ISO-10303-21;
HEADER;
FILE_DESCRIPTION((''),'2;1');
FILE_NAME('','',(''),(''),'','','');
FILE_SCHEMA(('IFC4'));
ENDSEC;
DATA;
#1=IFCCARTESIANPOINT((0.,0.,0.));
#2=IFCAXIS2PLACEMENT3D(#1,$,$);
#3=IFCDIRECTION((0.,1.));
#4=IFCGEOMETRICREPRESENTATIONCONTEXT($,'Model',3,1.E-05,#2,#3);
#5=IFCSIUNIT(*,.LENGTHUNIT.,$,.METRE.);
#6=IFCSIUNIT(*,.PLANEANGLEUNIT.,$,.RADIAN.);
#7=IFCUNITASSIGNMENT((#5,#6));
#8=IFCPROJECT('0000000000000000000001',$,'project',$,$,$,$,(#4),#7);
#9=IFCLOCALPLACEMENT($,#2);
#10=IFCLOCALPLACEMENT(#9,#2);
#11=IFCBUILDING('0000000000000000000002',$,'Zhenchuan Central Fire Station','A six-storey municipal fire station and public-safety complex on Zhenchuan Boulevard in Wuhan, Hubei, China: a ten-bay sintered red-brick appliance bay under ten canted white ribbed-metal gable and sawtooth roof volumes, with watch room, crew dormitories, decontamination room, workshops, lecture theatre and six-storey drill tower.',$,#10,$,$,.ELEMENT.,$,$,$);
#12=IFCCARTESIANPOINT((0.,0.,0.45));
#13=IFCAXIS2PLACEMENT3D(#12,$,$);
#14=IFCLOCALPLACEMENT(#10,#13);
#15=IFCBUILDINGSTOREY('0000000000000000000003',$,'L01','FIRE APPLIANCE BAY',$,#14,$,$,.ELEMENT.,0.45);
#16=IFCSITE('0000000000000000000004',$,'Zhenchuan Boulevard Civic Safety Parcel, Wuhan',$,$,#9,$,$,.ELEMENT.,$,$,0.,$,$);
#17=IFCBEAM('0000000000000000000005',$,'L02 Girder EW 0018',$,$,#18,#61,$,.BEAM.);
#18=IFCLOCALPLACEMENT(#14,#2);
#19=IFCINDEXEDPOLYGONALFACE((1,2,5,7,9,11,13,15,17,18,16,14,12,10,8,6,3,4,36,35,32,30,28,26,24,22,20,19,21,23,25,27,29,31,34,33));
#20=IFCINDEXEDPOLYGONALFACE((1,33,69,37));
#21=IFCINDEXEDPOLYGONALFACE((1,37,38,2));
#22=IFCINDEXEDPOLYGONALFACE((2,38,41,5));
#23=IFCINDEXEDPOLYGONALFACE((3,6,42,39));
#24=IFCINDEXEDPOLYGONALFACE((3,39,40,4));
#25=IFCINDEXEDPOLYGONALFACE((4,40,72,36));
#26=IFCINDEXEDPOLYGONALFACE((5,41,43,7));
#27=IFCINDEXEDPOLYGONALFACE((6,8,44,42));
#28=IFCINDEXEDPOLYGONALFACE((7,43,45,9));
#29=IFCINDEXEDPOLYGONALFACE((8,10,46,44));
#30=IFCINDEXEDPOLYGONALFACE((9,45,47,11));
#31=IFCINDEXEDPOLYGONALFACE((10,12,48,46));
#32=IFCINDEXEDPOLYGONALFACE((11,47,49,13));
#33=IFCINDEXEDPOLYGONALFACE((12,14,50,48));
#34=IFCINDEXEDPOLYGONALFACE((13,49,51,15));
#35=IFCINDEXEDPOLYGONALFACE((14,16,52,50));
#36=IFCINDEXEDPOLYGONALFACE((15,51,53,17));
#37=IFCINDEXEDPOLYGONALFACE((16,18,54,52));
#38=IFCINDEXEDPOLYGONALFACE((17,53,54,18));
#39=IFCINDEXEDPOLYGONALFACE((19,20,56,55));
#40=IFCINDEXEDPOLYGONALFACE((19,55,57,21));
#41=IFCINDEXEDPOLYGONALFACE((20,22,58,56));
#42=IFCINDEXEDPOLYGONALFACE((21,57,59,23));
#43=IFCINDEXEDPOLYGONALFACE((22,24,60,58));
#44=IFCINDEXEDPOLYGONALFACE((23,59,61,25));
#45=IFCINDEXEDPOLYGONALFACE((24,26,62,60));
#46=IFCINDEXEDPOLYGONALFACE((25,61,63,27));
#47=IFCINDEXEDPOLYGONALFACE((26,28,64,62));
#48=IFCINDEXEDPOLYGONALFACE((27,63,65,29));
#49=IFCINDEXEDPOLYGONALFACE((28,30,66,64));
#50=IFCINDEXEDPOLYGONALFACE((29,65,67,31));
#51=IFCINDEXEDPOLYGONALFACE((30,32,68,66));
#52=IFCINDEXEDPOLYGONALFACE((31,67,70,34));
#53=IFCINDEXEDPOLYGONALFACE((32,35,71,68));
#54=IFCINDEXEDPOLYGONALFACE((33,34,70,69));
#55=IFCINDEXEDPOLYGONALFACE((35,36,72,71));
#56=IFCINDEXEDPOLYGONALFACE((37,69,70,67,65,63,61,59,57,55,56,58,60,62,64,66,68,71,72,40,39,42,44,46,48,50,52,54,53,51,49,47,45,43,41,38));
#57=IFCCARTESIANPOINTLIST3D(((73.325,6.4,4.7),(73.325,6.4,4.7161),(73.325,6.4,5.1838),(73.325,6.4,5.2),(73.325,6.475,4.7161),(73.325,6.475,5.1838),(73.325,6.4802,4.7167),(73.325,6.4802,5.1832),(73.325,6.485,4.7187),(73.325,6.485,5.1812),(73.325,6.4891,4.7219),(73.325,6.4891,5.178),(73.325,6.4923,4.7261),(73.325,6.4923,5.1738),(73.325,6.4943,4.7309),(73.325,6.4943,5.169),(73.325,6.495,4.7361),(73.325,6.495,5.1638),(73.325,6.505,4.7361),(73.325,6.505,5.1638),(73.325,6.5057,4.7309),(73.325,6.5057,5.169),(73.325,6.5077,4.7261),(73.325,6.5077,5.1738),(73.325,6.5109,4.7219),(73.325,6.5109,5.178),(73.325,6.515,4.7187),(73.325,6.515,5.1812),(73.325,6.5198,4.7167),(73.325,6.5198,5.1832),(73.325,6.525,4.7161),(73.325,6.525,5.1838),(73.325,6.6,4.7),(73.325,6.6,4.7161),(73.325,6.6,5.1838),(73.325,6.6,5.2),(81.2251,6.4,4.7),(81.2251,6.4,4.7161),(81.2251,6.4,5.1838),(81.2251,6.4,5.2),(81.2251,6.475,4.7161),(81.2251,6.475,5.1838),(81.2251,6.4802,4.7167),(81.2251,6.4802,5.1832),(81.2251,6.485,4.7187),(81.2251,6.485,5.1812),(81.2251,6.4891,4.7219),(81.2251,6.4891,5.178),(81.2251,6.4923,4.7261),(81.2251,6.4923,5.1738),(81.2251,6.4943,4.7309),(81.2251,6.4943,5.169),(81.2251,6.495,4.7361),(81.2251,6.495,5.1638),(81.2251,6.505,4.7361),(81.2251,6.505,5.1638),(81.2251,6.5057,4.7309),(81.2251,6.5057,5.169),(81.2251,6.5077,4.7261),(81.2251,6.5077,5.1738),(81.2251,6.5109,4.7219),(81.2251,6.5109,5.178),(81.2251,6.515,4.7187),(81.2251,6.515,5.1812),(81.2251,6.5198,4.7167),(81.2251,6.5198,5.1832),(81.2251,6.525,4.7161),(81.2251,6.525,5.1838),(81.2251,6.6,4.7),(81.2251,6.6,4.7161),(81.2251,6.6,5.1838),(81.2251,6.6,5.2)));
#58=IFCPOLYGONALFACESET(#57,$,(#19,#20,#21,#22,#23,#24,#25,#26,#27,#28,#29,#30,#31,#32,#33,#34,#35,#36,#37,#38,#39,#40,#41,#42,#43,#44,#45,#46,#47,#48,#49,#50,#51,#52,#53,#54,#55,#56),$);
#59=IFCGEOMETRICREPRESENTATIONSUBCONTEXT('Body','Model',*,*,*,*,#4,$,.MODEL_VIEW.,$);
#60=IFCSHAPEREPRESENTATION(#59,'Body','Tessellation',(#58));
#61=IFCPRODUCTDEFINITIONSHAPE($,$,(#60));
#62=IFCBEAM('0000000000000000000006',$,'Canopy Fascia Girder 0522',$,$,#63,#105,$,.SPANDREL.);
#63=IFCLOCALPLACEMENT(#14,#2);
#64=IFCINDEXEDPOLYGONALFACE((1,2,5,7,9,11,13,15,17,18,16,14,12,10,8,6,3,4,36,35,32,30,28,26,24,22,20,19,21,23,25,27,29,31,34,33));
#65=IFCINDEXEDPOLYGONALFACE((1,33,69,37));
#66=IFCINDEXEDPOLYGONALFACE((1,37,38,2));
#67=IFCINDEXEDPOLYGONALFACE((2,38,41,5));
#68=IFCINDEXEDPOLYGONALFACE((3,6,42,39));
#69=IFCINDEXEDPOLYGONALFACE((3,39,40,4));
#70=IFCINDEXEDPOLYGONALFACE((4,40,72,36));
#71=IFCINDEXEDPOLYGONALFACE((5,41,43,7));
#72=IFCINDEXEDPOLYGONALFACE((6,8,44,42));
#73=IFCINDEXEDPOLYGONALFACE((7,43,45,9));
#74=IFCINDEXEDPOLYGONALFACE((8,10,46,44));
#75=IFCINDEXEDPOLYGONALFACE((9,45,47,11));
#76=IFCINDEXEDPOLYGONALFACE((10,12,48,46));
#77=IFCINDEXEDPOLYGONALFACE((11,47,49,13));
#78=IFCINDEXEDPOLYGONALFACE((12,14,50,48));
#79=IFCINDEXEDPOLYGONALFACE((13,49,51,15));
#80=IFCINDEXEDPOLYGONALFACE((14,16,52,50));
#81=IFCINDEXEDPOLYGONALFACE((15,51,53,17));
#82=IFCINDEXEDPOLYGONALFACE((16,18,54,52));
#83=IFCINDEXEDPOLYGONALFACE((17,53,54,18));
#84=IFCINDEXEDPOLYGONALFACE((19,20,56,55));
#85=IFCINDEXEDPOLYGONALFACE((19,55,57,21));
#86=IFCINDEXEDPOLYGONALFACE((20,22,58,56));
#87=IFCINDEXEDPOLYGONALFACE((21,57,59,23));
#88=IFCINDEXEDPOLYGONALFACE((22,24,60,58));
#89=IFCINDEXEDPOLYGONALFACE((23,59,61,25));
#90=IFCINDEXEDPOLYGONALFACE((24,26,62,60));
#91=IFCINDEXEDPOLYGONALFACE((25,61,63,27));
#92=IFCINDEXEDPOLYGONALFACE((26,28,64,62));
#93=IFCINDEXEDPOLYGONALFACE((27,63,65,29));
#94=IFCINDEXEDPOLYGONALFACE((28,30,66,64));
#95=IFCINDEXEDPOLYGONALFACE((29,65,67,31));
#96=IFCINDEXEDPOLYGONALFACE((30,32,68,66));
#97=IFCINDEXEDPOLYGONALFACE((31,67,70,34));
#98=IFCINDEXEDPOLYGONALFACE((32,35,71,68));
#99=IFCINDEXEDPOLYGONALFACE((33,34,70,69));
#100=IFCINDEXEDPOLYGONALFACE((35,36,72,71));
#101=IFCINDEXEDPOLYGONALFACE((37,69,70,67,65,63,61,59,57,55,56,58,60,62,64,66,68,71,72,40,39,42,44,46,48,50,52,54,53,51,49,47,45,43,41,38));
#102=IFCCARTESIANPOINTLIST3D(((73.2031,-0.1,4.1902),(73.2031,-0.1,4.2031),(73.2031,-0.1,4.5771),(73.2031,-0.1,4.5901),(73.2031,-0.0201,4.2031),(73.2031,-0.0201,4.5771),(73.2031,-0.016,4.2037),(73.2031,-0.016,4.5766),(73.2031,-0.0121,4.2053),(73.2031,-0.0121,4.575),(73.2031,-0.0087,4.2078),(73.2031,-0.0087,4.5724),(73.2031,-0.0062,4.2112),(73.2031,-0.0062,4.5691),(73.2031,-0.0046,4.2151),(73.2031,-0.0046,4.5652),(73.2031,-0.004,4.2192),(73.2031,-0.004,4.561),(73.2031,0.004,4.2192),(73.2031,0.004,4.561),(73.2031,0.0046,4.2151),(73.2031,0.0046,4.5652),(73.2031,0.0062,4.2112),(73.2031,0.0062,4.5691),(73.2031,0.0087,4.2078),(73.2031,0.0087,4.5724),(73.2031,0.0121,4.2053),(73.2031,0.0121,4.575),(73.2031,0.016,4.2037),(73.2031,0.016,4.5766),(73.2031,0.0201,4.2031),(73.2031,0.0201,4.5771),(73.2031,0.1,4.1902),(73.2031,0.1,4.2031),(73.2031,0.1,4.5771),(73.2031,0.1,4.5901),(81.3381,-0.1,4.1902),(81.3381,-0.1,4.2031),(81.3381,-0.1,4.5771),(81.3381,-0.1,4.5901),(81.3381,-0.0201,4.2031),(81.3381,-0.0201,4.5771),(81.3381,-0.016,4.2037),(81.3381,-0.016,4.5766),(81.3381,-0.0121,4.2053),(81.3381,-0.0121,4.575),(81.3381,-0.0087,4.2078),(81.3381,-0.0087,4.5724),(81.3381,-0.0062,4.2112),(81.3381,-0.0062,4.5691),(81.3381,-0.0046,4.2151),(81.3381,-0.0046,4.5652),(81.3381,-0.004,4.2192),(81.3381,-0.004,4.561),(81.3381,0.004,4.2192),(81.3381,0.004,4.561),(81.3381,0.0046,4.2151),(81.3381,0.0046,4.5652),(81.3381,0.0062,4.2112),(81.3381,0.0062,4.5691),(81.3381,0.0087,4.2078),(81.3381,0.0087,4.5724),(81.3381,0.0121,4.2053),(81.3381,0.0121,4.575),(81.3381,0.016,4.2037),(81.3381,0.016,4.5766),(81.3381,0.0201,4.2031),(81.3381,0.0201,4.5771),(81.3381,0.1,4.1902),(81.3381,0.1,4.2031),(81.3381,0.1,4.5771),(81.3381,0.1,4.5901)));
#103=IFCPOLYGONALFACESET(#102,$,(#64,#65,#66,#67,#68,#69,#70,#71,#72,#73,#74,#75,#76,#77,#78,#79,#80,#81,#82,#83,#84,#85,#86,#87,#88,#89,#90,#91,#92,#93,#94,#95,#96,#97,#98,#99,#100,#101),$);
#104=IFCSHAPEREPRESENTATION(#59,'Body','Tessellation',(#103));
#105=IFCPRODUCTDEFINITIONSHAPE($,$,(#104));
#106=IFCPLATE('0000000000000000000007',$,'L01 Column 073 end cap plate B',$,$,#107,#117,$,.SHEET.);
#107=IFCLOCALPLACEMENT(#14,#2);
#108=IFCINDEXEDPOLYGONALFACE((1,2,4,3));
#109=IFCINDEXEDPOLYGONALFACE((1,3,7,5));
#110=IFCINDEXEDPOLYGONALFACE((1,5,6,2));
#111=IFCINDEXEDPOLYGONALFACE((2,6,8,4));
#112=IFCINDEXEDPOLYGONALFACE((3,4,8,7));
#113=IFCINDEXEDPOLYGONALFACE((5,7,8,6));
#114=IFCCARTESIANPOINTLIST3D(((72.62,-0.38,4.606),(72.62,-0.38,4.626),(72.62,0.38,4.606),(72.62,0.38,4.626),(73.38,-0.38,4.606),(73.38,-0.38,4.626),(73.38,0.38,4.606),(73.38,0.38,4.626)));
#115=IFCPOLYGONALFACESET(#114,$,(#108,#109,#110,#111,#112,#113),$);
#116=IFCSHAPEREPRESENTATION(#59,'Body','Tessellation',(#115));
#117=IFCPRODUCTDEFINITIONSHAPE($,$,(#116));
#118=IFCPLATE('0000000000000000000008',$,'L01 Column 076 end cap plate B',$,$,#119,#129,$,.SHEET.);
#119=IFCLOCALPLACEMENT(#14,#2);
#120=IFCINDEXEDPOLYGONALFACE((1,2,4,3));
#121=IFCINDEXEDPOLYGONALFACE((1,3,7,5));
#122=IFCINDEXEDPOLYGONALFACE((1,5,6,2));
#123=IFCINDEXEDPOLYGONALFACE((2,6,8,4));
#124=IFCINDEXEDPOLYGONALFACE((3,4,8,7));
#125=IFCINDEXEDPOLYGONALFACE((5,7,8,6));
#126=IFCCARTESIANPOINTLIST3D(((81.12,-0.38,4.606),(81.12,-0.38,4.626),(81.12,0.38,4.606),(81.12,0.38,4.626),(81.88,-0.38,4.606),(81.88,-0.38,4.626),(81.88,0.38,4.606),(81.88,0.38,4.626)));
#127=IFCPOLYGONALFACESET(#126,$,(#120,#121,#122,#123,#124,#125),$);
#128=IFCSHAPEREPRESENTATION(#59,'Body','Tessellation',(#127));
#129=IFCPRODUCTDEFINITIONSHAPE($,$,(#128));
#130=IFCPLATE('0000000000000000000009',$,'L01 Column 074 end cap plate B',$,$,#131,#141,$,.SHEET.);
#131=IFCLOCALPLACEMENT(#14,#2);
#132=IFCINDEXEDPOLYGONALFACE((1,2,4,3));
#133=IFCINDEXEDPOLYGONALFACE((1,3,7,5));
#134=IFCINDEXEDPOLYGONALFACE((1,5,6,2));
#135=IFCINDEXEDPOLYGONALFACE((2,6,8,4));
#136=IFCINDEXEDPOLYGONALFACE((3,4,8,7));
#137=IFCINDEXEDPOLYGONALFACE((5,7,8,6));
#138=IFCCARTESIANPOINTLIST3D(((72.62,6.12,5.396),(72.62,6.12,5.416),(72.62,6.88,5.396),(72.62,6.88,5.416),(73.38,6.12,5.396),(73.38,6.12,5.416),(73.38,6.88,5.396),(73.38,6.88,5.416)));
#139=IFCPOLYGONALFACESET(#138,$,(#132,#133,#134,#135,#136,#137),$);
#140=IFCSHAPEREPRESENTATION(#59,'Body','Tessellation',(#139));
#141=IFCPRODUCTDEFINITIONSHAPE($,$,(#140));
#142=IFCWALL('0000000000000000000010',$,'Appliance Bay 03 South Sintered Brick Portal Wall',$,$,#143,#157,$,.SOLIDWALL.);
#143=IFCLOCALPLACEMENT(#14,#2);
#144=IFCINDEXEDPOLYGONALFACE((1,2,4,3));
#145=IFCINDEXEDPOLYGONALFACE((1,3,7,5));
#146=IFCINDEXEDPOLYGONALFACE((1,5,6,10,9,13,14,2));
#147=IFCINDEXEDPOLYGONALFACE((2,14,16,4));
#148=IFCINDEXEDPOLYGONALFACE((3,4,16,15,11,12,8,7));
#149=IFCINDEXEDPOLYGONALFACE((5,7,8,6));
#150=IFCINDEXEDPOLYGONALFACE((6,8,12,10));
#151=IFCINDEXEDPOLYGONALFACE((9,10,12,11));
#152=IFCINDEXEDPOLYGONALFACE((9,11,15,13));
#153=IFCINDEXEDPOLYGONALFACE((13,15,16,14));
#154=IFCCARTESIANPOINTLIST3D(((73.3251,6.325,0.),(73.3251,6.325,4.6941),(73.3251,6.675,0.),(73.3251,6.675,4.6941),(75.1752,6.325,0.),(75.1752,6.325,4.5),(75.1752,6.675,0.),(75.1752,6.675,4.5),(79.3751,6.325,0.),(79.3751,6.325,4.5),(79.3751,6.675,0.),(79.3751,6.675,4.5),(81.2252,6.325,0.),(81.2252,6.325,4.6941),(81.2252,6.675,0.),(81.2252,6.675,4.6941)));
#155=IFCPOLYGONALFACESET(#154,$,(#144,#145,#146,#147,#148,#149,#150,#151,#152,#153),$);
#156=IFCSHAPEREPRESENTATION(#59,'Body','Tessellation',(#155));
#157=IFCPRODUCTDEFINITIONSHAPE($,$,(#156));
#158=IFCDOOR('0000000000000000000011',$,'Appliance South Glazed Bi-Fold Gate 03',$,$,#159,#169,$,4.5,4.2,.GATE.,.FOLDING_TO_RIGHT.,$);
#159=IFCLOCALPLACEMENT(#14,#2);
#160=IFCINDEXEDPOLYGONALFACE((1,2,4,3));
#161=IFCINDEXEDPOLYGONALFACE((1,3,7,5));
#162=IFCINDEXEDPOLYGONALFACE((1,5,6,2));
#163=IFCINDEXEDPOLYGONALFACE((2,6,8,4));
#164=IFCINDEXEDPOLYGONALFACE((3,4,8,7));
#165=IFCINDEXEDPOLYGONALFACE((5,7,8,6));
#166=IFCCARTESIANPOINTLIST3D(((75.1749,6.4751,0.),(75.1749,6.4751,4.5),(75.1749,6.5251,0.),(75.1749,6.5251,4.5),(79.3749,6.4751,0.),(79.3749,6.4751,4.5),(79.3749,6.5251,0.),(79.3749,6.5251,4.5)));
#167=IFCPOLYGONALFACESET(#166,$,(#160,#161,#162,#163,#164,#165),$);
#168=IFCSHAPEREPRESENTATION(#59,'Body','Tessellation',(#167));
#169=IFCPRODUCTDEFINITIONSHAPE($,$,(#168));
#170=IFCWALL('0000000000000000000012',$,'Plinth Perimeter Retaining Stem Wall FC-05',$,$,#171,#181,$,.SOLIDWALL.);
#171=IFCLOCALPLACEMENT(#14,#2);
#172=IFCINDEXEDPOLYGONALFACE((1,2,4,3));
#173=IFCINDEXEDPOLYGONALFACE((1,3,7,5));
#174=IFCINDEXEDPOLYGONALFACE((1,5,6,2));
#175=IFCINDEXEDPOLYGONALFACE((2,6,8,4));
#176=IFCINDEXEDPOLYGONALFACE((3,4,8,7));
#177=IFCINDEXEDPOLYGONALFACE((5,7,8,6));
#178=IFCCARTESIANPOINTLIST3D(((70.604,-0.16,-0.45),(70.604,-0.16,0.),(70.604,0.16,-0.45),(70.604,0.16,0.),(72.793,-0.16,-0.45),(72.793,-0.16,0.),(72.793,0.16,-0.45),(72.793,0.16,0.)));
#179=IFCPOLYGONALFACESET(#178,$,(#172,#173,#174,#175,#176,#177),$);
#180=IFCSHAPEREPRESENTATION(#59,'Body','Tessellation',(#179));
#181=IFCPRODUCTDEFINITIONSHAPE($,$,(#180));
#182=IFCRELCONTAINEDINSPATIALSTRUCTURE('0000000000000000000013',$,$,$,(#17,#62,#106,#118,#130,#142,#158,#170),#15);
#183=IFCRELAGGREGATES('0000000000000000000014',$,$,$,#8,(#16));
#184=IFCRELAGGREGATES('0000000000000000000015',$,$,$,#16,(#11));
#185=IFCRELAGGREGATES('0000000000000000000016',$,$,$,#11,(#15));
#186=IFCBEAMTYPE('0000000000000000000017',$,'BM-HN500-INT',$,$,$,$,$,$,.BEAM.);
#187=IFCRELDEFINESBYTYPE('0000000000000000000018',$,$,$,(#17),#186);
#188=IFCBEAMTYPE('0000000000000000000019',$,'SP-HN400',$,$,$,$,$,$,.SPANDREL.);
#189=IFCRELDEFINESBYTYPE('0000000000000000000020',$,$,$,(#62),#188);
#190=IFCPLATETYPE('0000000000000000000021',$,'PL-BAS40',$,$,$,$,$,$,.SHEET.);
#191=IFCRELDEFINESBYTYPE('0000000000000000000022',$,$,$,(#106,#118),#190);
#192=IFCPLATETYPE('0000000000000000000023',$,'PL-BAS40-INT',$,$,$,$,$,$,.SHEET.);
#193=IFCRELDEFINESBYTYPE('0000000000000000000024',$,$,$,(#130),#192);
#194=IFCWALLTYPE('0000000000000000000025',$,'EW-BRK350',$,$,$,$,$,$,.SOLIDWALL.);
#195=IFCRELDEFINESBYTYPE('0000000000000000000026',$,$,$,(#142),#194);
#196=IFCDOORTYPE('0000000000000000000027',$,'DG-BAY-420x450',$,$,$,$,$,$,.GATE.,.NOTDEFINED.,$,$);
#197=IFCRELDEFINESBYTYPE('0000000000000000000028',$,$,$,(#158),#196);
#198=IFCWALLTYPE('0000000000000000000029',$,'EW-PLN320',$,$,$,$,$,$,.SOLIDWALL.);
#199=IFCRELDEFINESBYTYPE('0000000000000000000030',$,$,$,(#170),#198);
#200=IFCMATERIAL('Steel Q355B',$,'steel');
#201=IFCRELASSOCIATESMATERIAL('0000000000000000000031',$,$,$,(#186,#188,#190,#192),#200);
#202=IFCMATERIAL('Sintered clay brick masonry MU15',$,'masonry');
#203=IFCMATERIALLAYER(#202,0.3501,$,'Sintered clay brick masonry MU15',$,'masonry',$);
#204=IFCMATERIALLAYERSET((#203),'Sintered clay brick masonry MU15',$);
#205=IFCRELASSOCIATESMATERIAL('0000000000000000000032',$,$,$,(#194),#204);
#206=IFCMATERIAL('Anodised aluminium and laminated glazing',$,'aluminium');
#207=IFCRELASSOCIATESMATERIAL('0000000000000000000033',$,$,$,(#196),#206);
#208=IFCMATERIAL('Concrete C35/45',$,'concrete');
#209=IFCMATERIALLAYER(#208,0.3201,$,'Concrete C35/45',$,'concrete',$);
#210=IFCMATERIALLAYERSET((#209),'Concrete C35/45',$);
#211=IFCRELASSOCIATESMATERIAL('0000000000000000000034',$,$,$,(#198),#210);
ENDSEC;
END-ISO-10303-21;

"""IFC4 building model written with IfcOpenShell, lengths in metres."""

from ifc_helpers import new_model, si_unit, direction, frame, frame_2d, origin, origin_2d, place, context, subcontext, project, spatial, rectangle, i_section, extrude, material, layer, layer_set, material_profile, profile_set, type_object, element, fill, save


model = new_model("IFC4")

# Units and contexts
model_context = context("Model", 3, precision=1e-05, world=origin(), true_north=direction((0.0, 1.0)))
body_context = subcontext(model_context, "Body", "Model", "MODEL_VIEW")
ifc_project = project(units=[si_unit("LENGTHUNIT", "METRE"), si_unit("PLANEANGLEUNIT", "RADIAN")], contexts=[model_context])

# Site, building, storey
site_placement = place(None, origin())
site = spatial("IfcSite", under=ifc_project, at=site_placement, Name="Zhenchuan Boulevard Civic Safety Parcel, Wuhan", CompositionType="ELEMENT", RefElevation=0.0)
building_placement = place(site_placement, origin())
building = spatial("IfcBuilding", under=site, at=building_placement, Name="Zhenchuan Central Fire Station", Description="A six-storey municipal fire station and public-safety complex on Zhenchuan Boulevard in Wuhan, Hubei, China: a ten-bay sintered red-brick appliance bay under ten canted white ribbed-metal gable and sawtooth roof volumes, with watch room, crew dormitories, decontamination room, workshops, lecture theatre and six-storey drill tower.", CompositionType="ELEMENT")
storey_placement = place(building_placement, frame((0.0, 0.0, 0.45)))
storey = spatial("IfcBuildingStorey", under=building, at=storey_placement, Name="L01", Description="FIRE APPLIANCE BAY", CompositionType="ELEMENT", Elevation=0.45)

# Shared definitions
ifc_material_1 = material(Name="Concrete C35/45", Category="concrete")

# Shared definitions
ifc_material_2 = material(Name="Steel Q355B", Category="steel")

# Beams
ifc_material_profile_1 = material_profile(ifc_material_2, i_section(OverallWidth=0.2, OverallDepth=0.5, WebThickness=0.01, FlangeThickness=0.0161, FilletRadius=0.02, at=origin_2d()), Name="HN 500x200")
ifc_profile_set_1 = profile_set([ifc_material_profile_1], Name="Steel Q355B")
beam_type_1 = type_object("IfcBeamType", Name="BM-HN500-INT", PredefinedType="BEAM", material=ifc_profile_set_1)
beam_1_placement = place(storey_placement, frame((73.325, 6.5, 4.95), z_axis=(1.0, 0.0, 0.0), x_axis=(0.0, 1.0, 0.0)))
element("IfcBeam", 1, at=beam_1_placement, inside=storey, type_object=beam_type_1, Name="L02 Girder EW 0018", PredefinedType="BEAM", context=body_context, shape_type="SweptSolid", body=[
    extrude(i_section(OverallWidth=0.2, OverallDepth=0.5, WebThickness=0.01, FlangeThickness=0.0161, FilletRadius=0.02, at=origin_2d()), origin(), (0.0, 0.0, 1.0), 7.9001),
])
ifc_material_profile_2 = material_profile(ifc_material_2, i_section(OverallWidth=0.2, OverallDepth=0.3999, WebThickness=0.0081, FlangeThickness=0.0129, FilletRadius=0.0161, at=origin_2d()), Name="HN 400x200")
ifc_profile_set_2 = profile_set([ifc_material_profile_2], Name="Steel Q355B")
beam_type_2 = type_object("IfcBeamType", Name="SP-HN400", PredefinedType="SPANDREL", material=ifc_profile_set_2)
beam_2_placement = place(storey_placement, frame((73.2031, 0.0, 4.3901), z_axis=(1.0, 0.0, 0.0), x_axis=(0.0, 1.0, 0.0)))
element("IfcBeam", 2, at=beam_2_placement, inside=storey, type_object=beam_type_2, Name="Canopy Fascia Girder 0522", PredefinedType="SPANDREL", context=body_context, shape_type="SweptSolid", body=[
    extrude(i_section(OverallWidth=0.2, OverallDepth=0.3999, WebThickness=0.0081, FlangeThickness=0.0129, FilletRadius=0.0161, at=origin_2d()), origin(), (0.0, 0.0, 1.0), 8.135),
])

# Plates
ifc_material_profile_3 = material_profile(ifc_material_2, rectangle(XDim=0.76, YDim=0.76, at=origin_2d()), Name="PL 760x760x40")
ifc_profile_set_3 = profile_set([ifc_material_profile_3], Name="Steel Q355B")
plate_type_1 = type_object("IfcPlateType", Name="PL-BAS40", PredefinedType="SHEET", material=ifc_profile_set_3)
for number, where, z_axis, x_axis, name in (
    (3, (73.0, 0.0, 4.606), (0.0, 0.0, 1.0), (1.0, 0.0, 0.0), "L01 Column 073 end cap plate B"),
    (4, (81.5, 0.0, 4.606), (0.0, 0.0, 1.0), (1.0, 0.0, 0.0), "L01 Column 076 end cap plate B"),
):
    element("IfcPlate", number, at=place(storey_placement, frame(where, z_axis=z_axis, x_axis=x_axis)), inside=storey, type_object=plate_type_1, Name=name, PredefinedType="SHEET", context=body_context, shape_type="SweptSolid", body=[
        extrude(rectangle(XDim=0.76, YDim=0.76, at=origin_2d()), origin(), (0.0, 0.0, 1.0), 0.02),
    ])
ifc_material_profile_4 = material_profile(ifc_material_2, rectangle(XDim=0.76, YDim=0.76, at=origin_2d()), Name="PL 760x760x40")
ifc_profile_set_4 = profile_set([ifc_material_profile_4], Name="Steel Q355B")
plate_type_2 = type_object("IfcPlateType", Name="PL-BAS40-INT", PredefinedType="SHEET", material=ifc_profile_set_4)
plate_placement = place(storey_placement, frame((73.0, 6.5, 5.396), z_axis=(0.0, 0.0, 1.0), x_axis=(1.0, 0.0, 0.0)))
element("IfcPlate", 5, at=plate_placement, inside=storey, type_object=plate_type_2, Name="L01 Column 074 end cap plate B", PredefinedType="SHEET", context=body_context, shape_type="SweptSolid", body=[
    extrude(rectangle(XDim=0.76, YDim=0.76, at=origin_2d()), origin(), (0.0, 0.0, 1.0), 0.02),
])

# Wall, opening, door
ifc_material_3 = material(Name="Sintered clay brick masonry MU15", Category="masonry")
ifc_layer_1 = layer(ifc_material_3, 0.3501, Name="Sintered clay brick masonry MU15", Category="masonry")
ifc_layer_set_1 = layer_set([ifc_layer_1], Name="Sintered clay brick masonry MU15")
wall_type_1 = type_object("IfcWallType", Name="EW-BRK350", PredefinedType="SOLIDWALL", material=ifc_layer_set_1)
wall_1_placement = place(storey_placement, frame((73.325, 6.5, 0.0), z_axis=(0.0, 0.0, 1.0), x_axis=(1.0, 0.0, 0.0)))
wall_1 = element("IfcWall", 6, at=wall_1_placement, inside=storey, type_object=wall_type_1, Name="Appliance Bay 03 South Sintered Brick Portal Wall", PredefinedType="SOLIDWALL", context=body_context, shape_type="SweptSolid", body=[
    extrude(rectangle(XDim=7.9001, YDim=0.3501, at=frame_2d((3.9502, 0.0))), origin(), (0.0, 0.0, 1.0), 4.6941),
])
opening_placement = place(wall_1_placement, frame((1.8501, 0.0, 0.0)))
opening = element("IfcOpeningElement", 7, at=opening_placement, cuts=wall_1, PredefinedType="OPENING", context=body_context, shape_type="SweptSolid", body=[
    extrude(rectangle(XDim=4.2, YDim=4.5, at=frame_2d((2.1001, 2.25))), frame((0.0, 0.1851, 0.0), z_axis=(0.0, -1.0, 0.0), x_axis=(1.0, 0.0, 0.0)), (0.0, 0.0, 1.0), 0.3701),
])
ifc_material_4 = material(Name="Anodised aluminium and laminated glazing", Category="aluminium")
door_type = type_object("IfcDoorType", Name="DG-BAY-420x450", OperationType="NOTDEFINED", PredefinedType="GATE", material=ifc_material_4)
door_placement = place(opening_placement, frame((4.2, 0.0, 0.0), z_axis=(0.0, 0.0, 1.0), x_axis=(-1.0, 0.0, 0.0)))
door = element("IfcDoor", 8, at=door_placement, inside=storey, type_object=door_type, Name="Appliance South Glazed Bi-Fold Gate 03", OperationType="FOLDING_TO_RIGHT", OverallHeight=4.5, OverallWidth=4.2, PredefinedType="GATE", context=body_context, shape_type="SweptSolid", body=[
    extrude(rectangle(XDim=4.2, YDim=4.5, at=frame_2d((2.1001, 2.25))), frame((0.0, 0.0249, 0.0), z_axis=(0.0, -1.0, 0.0), x_axis=(1.0, 0.0, 0.0)), (0.0, 0.0, 1.0), 0.05),
])
fill(opening, door)

# Wall
ifc_layer_2 = layer(ifc_material_1, 0.3201, Name="Concrete C35/45", Category="concrete")
ifc_layer_set_2 = layer_set([ifc_layer_2], Name="Concrete C35/45")
wall_type_2 = type_object("IfcWallType", Name="EW-PLN320", PredefinedType="SOLIDWALL", material=ifc_layer_set_2)
wall_2_placement = place(storey_placement, frame((70.604, 0.0, -0.45), z_axis=(0.0, 0.0, 1.0), x_axis=(1.0, 0.0, 0.0)))
element("IfcWall", 9, at=wall_2_placement, inside=storey, type_object=wall_type_2, Name="Plinth Perimeter Retaining Stem Wall FC-05", PredefinedType="SOLIDWALL", context=body_context, shape_type="SweptSolid", body=[
    extrude(rectangle(XDim=2.189, YDim=0.3201, at=frame_2d((1.0945, 0.0))), origin(), (0.0, 0.0, 1.0), 0.45),
])

save(model, "model.ifc")
